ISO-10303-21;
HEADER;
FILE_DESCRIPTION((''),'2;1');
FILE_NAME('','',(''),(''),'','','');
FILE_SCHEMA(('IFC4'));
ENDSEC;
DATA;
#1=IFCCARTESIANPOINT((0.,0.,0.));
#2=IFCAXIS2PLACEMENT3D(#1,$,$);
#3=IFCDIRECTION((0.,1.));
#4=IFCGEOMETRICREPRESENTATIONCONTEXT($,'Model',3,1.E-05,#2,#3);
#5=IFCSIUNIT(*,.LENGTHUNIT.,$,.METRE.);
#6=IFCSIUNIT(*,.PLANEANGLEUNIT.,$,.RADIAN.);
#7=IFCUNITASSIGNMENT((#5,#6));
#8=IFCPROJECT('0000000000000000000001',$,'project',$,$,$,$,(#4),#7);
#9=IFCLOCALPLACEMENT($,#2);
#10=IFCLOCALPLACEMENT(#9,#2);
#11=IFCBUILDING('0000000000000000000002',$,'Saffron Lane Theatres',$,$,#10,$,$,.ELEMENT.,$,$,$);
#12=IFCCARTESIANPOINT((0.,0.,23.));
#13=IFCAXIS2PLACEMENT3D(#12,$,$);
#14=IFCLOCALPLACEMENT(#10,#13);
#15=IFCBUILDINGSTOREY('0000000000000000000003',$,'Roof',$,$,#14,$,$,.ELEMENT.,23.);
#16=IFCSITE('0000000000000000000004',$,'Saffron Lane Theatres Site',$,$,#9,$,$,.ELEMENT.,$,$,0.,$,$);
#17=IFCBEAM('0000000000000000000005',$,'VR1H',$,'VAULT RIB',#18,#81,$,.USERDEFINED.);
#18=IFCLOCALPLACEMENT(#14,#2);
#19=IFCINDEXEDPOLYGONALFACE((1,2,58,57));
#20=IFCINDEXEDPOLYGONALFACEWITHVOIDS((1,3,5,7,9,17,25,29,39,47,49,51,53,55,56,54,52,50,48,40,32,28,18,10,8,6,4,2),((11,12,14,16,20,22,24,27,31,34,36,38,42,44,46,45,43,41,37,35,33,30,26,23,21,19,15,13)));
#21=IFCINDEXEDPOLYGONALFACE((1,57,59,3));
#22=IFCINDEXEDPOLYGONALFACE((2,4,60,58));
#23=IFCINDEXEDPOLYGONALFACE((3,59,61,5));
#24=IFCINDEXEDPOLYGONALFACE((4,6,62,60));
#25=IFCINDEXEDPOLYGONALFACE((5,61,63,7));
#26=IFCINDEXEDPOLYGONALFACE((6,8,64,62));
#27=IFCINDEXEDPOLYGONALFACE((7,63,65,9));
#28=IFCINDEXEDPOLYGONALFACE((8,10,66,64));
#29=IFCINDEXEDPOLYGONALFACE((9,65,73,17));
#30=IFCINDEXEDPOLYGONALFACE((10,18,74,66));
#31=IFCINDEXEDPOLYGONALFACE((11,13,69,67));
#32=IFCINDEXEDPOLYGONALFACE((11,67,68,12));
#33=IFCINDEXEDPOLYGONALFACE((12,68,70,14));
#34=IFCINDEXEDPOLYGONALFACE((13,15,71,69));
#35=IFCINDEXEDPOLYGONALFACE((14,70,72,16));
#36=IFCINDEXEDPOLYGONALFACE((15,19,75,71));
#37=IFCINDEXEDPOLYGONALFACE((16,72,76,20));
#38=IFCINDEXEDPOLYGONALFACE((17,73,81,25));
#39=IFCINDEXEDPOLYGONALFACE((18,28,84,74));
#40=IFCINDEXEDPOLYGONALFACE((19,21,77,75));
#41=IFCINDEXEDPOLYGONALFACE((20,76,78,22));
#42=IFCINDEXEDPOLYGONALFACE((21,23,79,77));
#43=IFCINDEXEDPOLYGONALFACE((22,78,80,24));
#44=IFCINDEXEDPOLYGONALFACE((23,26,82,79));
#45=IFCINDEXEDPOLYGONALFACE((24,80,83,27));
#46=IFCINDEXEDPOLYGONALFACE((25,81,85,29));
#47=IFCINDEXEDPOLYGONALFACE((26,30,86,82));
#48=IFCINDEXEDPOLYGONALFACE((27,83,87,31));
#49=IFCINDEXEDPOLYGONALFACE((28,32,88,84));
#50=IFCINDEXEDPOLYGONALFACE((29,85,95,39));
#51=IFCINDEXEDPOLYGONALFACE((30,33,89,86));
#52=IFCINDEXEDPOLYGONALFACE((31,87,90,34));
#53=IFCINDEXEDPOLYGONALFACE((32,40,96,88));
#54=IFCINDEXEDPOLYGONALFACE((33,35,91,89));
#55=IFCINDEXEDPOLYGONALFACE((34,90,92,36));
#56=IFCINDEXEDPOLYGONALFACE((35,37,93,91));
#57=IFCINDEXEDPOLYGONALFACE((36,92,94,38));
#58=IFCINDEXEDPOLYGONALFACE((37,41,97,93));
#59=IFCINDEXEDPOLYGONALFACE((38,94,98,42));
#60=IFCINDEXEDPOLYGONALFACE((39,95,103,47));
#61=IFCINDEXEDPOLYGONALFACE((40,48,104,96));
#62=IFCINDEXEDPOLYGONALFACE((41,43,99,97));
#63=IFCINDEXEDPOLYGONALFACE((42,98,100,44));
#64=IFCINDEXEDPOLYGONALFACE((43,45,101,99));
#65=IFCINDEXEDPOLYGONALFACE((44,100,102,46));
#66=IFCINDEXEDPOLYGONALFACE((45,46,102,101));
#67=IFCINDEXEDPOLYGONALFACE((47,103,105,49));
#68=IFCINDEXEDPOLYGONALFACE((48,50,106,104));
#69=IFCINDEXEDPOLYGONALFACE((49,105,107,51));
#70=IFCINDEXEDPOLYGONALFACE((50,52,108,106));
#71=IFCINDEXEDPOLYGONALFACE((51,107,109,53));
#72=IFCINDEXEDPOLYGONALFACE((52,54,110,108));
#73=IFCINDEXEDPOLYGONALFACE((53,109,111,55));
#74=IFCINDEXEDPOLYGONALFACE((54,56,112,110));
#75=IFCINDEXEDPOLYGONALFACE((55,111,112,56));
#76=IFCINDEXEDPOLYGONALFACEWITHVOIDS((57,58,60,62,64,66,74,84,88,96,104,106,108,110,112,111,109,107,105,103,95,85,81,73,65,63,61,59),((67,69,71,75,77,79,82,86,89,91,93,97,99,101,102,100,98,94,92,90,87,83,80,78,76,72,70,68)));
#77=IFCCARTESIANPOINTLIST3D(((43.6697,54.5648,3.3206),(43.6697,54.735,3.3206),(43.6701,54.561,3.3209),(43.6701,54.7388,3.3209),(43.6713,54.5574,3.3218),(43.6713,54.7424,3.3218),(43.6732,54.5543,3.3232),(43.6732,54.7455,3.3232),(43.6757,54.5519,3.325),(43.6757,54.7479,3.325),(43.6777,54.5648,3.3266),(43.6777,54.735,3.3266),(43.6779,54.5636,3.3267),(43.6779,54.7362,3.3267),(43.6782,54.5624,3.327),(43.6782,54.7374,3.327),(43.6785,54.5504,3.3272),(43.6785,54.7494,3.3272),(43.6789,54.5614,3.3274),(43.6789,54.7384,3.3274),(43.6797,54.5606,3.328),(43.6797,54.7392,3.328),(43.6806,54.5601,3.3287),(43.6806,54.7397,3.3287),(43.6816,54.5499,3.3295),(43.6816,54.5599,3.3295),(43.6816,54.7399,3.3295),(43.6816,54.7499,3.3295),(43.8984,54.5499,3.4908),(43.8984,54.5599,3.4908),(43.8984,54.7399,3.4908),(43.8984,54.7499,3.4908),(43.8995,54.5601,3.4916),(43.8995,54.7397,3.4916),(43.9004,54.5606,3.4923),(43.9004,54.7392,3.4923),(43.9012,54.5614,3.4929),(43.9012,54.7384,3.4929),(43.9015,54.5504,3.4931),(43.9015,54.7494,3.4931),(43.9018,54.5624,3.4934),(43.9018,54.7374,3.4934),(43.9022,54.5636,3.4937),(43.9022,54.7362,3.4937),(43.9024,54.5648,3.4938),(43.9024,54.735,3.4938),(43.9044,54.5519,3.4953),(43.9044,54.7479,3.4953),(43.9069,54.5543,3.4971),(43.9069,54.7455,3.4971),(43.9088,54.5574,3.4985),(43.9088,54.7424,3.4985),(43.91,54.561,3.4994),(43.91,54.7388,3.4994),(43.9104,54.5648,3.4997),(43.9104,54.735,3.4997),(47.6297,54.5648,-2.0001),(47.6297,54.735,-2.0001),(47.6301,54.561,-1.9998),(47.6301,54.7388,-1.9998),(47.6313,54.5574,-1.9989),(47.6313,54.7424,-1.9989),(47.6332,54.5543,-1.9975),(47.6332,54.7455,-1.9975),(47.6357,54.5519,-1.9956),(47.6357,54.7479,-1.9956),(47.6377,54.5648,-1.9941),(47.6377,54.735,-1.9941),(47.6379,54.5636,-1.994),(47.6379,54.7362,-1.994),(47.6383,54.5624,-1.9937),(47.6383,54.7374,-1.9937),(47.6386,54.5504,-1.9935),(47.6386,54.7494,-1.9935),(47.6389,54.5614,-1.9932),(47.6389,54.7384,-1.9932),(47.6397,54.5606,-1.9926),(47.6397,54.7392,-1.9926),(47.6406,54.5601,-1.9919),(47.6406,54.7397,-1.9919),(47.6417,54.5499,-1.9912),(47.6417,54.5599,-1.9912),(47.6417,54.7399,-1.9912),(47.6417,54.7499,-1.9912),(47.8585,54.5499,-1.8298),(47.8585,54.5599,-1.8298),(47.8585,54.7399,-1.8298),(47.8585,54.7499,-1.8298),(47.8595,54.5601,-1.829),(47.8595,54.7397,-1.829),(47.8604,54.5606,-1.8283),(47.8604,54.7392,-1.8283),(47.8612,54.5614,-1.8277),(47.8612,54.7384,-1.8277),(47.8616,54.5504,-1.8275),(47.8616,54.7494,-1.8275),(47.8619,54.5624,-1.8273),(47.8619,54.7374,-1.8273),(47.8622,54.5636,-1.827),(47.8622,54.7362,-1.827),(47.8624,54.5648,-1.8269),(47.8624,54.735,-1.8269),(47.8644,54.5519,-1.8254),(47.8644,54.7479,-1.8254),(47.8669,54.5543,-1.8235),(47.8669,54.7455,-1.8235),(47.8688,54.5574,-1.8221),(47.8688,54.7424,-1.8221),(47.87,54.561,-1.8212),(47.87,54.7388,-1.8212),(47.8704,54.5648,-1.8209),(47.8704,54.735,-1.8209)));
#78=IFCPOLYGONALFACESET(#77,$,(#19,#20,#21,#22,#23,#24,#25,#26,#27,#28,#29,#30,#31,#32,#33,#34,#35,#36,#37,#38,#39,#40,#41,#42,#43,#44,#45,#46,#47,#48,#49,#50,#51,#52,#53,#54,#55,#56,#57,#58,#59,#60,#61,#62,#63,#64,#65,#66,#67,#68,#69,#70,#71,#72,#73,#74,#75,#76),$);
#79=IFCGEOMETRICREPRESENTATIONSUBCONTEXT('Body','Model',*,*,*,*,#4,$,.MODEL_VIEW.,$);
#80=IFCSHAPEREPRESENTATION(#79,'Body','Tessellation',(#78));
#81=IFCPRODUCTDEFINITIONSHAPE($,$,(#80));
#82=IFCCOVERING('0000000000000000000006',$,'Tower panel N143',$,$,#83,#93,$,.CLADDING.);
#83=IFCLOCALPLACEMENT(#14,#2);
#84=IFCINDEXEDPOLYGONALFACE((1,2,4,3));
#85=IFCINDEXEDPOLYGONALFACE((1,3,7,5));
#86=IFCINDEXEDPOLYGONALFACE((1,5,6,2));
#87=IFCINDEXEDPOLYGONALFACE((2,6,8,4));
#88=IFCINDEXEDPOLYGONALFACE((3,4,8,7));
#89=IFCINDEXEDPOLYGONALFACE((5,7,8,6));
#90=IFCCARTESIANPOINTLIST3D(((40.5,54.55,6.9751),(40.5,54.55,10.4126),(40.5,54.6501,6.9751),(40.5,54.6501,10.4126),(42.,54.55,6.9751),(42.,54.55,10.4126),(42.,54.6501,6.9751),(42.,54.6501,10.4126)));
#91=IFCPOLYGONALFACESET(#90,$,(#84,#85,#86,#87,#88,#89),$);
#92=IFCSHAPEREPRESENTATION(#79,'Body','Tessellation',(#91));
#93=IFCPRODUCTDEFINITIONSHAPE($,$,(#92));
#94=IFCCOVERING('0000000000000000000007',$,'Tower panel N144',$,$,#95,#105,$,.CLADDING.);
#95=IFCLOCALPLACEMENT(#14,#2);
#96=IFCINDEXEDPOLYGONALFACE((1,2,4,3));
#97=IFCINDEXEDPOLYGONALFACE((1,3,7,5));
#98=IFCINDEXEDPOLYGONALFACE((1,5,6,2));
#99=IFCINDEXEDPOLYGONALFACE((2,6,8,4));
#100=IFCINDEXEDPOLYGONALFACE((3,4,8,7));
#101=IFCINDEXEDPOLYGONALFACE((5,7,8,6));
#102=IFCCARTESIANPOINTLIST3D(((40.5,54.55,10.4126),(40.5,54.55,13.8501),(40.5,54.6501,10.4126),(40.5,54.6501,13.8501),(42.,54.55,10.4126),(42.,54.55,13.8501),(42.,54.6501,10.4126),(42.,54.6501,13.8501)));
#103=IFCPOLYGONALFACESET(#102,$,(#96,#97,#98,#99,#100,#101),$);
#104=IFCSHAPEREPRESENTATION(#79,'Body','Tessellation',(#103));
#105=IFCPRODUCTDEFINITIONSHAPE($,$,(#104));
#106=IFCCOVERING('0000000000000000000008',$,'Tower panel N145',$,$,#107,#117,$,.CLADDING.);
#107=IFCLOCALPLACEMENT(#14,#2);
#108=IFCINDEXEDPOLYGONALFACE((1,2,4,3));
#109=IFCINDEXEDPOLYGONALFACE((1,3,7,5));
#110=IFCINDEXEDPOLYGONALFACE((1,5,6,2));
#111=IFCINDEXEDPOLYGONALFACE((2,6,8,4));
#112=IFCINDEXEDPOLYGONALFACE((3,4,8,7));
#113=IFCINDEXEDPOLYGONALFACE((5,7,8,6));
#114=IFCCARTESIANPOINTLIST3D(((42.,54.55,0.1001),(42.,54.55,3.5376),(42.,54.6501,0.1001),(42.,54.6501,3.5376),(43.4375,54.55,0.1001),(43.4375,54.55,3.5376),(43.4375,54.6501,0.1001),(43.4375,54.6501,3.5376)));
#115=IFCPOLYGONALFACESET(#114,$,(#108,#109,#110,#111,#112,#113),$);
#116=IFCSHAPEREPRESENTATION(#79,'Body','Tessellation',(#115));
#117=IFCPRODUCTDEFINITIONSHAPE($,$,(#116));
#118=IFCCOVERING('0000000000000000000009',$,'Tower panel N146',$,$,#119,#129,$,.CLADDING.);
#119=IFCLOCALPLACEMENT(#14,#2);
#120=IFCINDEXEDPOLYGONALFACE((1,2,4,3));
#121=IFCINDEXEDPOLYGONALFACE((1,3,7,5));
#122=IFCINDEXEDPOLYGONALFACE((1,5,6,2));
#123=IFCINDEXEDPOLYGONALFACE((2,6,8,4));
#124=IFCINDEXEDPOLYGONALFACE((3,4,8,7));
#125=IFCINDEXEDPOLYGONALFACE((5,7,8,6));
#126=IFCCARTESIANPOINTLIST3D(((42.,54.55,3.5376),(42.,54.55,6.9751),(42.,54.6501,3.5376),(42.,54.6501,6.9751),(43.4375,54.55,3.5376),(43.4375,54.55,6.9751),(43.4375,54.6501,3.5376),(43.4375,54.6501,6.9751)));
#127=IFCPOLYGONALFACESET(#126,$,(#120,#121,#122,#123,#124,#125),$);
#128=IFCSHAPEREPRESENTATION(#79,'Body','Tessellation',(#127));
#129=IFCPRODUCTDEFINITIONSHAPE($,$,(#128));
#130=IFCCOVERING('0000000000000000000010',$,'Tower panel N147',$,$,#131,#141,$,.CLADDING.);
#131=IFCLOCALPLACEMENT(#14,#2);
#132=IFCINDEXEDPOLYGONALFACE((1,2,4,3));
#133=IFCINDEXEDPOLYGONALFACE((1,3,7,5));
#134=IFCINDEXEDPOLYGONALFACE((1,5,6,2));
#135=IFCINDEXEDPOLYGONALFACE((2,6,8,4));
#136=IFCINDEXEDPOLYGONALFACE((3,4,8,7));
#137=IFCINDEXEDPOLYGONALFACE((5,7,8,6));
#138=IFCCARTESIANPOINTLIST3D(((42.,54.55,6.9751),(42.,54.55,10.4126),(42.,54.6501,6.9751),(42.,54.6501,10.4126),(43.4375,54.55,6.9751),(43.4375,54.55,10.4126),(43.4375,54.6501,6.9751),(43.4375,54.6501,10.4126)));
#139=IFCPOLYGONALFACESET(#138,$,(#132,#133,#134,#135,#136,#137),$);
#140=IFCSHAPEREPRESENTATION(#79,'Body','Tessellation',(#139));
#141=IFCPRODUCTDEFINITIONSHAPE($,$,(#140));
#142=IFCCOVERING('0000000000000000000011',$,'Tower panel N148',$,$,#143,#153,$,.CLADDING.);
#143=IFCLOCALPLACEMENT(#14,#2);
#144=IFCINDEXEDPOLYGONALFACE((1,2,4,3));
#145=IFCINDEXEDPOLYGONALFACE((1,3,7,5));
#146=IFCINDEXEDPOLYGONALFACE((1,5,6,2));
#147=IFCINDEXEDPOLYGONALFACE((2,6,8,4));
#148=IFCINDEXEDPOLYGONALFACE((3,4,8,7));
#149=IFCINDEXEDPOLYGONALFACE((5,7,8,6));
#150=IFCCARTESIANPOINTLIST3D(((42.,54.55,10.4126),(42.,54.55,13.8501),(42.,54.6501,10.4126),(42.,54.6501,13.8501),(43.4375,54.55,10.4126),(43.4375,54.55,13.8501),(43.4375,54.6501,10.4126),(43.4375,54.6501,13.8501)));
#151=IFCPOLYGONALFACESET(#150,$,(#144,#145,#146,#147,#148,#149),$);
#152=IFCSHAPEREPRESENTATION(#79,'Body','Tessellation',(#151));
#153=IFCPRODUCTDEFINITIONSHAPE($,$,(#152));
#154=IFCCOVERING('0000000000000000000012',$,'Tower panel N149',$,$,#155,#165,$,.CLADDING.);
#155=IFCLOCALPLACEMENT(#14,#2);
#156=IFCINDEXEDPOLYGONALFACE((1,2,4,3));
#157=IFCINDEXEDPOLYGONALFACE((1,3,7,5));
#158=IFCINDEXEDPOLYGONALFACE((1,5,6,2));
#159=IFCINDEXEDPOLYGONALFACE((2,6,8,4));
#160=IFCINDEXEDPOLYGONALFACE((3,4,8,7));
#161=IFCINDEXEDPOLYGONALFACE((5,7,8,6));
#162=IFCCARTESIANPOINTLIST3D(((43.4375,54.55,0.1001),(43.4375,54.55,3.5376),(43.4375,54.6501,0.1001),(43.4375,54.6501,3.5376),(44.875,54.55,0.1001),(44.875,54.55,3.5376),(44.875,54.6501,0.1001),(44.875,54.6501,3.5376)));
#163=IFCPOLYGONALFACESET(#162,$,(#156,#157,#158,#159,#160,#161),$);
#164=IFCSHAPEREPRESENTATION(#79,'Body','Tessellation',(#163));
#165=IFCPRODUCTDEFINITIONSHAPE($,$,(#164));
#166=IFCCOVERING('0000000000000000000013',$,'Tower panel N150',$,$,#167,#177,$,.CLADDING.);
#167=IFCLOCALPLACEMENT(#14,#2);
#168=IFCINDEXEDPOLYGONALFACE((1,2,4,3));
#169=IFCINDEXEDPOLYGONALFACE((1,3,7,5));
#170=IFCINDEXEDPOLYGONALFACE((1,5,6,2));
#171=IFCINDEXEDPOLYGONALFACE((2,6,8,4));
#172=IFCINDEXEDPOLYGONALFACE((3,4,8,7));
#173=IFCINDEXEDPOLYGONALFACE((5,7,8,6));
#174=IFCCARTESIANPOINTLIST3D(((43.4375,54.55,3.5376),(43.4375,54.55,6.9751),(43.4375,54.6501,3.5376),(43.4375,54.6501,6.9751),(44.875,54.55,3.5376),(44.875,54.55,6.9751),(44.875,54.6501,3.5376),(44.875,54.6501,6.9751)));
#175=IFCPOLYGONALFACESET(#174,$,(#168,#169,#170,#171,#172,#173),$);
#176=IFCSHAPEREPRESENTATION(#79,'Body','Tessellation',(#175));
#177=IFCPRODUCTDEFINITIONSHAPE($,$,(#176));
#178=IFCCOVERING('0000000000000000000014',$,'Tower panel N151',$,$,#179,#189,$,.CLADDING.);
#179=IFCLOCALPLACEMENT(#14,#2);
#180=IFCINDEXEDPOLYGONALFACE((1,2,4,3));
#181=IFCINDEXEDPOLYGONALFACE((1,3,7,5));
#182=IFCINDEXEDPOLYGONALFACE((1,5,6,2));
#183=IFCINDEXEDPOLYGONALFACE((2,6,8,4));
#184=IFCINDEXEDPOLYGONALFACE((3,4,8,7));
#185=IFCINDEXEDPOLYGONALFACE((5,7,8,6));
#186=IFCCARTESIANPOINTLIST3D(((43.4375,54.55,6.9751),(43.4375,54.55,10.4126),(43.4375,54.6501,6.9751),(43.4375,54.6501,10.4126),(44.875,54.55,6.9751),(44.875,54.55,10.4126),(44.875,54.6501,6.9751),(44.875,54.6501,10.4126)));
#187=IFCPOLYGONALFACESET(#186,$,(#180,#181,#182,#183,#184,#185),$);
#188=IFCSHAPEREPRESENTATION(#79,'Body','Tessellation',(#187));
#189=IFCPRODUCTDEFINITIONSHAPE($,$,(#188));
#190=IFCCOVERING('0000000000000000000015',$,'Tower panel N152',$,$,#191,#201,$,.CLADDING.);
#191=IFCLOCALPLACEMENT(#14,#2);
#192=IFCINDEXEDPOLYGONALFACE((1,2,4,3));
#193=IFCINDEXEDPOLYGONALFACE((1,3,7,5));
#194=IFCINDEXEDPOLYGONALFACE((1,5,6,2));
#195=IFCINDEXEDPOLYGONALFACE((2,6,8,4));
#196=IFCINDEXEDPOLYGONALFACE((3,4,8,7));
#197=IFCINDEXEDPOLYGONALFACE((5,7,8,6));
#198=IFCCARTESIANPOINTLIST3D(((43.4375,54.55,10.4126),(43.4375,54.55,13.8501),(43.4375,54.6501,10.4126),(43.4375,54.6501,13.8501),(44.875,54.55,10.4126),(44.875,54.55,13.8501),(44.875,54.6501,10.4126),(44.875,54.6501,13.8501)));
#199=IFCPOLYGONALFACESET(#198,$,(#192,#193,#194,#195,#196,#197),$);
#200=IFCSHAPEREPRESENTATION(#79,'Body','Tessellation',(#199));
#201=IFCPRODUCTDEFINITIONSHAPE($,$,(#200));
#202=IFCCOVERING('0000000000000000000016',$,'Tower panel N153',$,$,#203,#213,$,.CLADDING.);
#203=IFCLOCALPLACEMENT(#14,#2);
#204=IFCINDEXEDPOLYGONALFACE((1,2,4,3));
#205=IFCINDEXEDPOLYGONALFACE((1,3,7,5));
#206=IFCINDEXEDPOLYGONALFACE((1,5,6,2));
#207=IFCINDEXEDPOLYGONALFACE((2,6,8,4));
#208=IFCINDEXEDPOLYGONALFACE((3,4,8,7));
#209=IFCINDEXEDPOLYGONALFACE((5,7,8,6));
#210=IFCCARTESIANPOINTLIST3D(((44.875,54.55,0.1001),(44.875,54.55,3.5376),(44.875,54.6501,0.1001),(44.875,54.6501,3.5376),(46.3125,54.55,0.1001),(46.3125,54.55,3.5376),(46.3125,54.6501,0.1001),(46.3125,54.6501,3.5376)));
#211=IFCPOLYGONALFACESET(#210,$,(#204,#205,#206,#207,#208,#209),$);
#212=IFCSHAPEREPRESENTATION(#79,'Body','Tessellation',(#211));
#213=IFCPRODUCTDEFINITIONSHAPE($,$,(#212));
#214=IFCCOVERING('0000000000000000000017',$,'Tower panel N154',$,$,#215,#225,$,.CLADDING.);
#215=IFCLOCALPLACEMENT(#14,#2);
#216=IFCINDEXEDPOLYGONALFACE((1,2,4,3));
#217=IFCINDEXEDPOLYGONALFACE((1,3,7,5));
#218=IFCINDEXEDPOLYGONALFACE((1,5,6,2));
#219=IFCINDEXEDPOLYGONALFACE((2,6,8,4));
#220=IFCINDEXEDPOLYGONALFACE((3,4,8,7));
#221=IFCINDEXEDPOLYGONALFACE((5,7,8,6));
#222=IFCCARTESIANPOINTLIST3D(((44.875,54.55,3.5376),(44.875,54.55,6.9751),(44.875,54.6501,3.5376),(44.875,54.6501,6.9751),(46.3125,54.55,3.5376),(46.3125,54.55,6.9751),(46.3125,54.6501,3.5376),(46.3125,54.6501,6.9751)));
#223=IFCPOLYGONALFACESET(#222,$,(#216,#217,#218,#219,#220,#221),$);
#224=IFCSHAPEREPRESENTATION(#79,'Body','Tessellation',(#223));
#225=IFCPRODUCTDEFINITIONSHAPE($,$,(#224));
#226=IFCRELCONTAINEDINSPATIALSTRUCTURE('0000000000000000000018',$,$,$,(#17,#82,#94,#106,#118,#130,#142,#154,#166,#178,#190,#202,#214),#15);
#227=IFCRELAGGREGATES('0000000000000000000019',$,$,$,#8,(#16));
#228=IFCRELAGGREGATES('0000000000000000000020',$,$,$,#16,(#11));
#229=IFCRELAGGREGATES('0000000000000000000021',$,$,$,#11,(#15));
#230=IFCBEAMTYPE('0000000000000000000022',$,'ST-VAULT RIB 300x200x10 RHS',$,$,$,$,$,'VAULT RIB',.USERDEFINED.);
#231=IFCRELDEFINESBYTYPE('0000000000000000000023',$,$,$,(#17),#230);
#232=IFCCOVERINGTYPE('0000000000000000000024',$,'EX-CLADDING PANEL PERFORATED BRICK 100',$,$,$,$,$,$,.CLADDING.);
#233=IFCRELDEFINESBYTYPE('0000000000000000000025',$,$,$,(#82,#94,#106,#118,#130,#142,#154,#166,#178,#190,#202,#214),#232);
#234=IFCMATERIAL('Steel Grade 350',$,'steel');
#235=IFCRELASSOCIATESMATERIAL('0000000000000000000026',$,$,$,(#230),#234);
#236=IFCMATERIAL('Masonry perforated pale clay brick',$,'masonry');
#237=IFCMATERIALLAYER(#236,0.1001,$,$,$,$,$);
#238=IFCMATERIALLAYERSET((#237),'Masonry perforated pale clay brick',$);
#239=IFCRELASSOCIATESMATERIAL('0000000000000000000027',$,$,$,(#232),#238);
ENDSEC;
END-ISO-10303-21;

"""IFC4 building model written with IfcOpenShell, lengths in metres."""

from ifc_helpers import new_model, si_unit, direction, frame, origin, origin_2d, place, context, subcontext, project, spatial, rectangle, hollow_rectangle, extrude, material, layer, layer_set, material_profile, profile_set, type_object, element, save


model = new_model("IFC4")

# Units and contexts
model_context = context("Model", 3, precision=1e-05, world=origin(), true_north=direction((0.0, 1.0)))
body_context = subcontext(model_context, "Body", "Model", "MODEL_VIEW")
ifc_project = project(units=[si_unit("LENGTHUNIT", "METRE"), si_unit("PLANEANGLEUNIT", "RADIAN")], contexts=[model_context])

# Site, building, storey
site_placement = place(None, origin())
site = spatial("IfcSite", under=ifc_project, at=site_placement, Name="Saffron Lane Theatres Site", CompositionType="ELEMENT", RefElevation=0.0)
building_placement = place(site_placement, origin())
building = spatial("IfcBuilding", under=site, at=building_placement, Name="Saffron Lane Theatres", CompositionType="ELEMENT")
storey_placement = place(building_placement, frame((0.0, 0.0, 23.0)))
storey = spatial("IfcBuildingStorey", under=building, at=storey_placement, Name="Roof", CompositionType="ELEMENT", Elevation=23.0)

# Beam
ifc_material_1 = material(Name="Steel Grade 350", Category="steel")
ifc_material_profile_1 = material_profile(ifc_material_1, hollow_rectangle(XDim=0.2, YDim=0.3, WallThickness=0.01, InnerFilletRadius=0.0049, OuterFilletRadius=0.0149, at=origin_2d()))
ifc_profile_set_1 = profile_set([ifc_material_profile_1], Name="Steel Grade 350")
beam_type = type_object("IfcBeamType", Name="ST-VAULT RIB 300x200x10 RHS", ElementType="VAULT RIB", PredefinedType="USERDEFINED", material=ifc_profile_set_1)
beam_1_placement = place(storey_placement, frame((43.79, 54.6499, 3.4102), z_axis=(0.597057, 0.0, -0.802199), x_axis=(0.0, 1.0, 0.0)))
element("IfcBeam", 1, at=beam_1_placement, inside=storey, type_object=beam_type, Name="VR1H", ObjectType="VAULT RIB", PredefinedType="USERDEFINED", context=body_context, shape_type="SweptSolid", body=[
    extrude(hollow_rectangle(XDim=0.2, YDim=0.3, WallThickness=0.01, InnerFilletRadius=0.0049, OuterFilletRadius=0.0149, at=origin_2d()), origin(), (0.0, 0.0, 1.0), 6.6326),
])

# Coverings
ifc_material_2 = material(Name="Masonry perforated pale clay brick", Category="masonry")
ifc_layer_1 = layer(ifc_material_2, 0.1001)
ifc_layer_set_1 = layer_set([ifc_layer_1], Name="Masonry perforated pale clay brick")
covering_type_1 = type_object("IfcCoveringType", Name="EX-CLADDING PANEL PERFORATED BRICK 100", PredefinedType="CLADDING", material=ifc_layer_set_1)
for number, where, z_axis, x_axis, name in (
    (2, (41.25, 54.6001, 6.9751), (0.0, 0.0, 1.0), (1.0, 0.0, 0.0), "Tower panel N143"),
    (3, (41.25, 54.6001, 10.4126), (0.0, 0.0, 1.0), (1.0, 0.0, 0.0), "Tower panel N144"),
):
    element("IfcCovering", number, at=place(storey_placement, frame(where, z_axis=z_axis, x_axis=x_axis)), inside=storey, type_object=covering_type_1, Name=name, PredefinedType="CLADDING", context=body_context, shape_type="SweptSolid", body=[
        extrude(rectangle(XDim=1.5, YDim=0.1001, at=origin_2d()), origin(), (0.0, 0.0, 1.0), 3.4375),
    ])
for number, where, z_axis, x_axis, name in (
    (4, (42.7188, 54.6001, 0.1001), (0.0, 0.0, 1.0), (1.0, 0.0, 0.0), "Tower panel N145"),
    (5, (42.7188, 54.6001, 3.5376), (0.0, 0.0, 1.0), (1.0, 0.0, 0.0), "Tower panel N146"),
    (6, (42.7188, 54.6001, 6.9751), (0.0, 0.0, 1.0), (1.0, 0.0, 0.0), "Tower panel N147"),
    (7, (42.7188, 54.6001, 10.4126), (0.0, 0.0, 1.0), (1.0, 0.0, 0.0), "Tower panel N148"),
    (8, (44.1562, 54.6001, 0.1001), (0.0, 0.0, 1.0), (1.0, 0.0, 0.0), "Tower panel N149"),
    (9, (44.1562, 54.6001, 3.5376), (0.0, 0.0, 1.0), (1.0, 0.0, 0.0), "Tower panel N150"),
    (10, (44.1562, 54.6001, 6.9751), (0.0, 0.0, 1.0), (1.0, 0.0, 0.0), "Tower panel N151"),
    (11, (44.1562, 54.6001, 10.4126), (0.0, 0.0, 1.0), (1.0, 0.0, 0.0), "Tower panel N152"),
    (12, (45.5938, 54.6001, 0.1001), (0.0, 0.0, 1.0), (1.0, 0.0, 0.0), "Tower panel N153"),
    (13, (45.5938, 54.6001, 3.5376), (0.0, 0.0, 1.0), (1.0, 0.0, 0.0), "Tower panel N154"),
):
    element("IfcCovering", number, at=place(storey_placement, frame(where, z_axis=z_axis, x_axis=x_axis)), inside=storey, type_object=covering_type_1, Name=name, PredefinedType="CLADDING", context=body_context, shape_type="SweptSolid", body=[
        extrude(rectangle(XDim=1.4375, YDim=0.1001, at=origin_2d()), origin(), (0.0, 0.0, 1.0), 3.4375),
    ])

save(model, "model.ifc")
